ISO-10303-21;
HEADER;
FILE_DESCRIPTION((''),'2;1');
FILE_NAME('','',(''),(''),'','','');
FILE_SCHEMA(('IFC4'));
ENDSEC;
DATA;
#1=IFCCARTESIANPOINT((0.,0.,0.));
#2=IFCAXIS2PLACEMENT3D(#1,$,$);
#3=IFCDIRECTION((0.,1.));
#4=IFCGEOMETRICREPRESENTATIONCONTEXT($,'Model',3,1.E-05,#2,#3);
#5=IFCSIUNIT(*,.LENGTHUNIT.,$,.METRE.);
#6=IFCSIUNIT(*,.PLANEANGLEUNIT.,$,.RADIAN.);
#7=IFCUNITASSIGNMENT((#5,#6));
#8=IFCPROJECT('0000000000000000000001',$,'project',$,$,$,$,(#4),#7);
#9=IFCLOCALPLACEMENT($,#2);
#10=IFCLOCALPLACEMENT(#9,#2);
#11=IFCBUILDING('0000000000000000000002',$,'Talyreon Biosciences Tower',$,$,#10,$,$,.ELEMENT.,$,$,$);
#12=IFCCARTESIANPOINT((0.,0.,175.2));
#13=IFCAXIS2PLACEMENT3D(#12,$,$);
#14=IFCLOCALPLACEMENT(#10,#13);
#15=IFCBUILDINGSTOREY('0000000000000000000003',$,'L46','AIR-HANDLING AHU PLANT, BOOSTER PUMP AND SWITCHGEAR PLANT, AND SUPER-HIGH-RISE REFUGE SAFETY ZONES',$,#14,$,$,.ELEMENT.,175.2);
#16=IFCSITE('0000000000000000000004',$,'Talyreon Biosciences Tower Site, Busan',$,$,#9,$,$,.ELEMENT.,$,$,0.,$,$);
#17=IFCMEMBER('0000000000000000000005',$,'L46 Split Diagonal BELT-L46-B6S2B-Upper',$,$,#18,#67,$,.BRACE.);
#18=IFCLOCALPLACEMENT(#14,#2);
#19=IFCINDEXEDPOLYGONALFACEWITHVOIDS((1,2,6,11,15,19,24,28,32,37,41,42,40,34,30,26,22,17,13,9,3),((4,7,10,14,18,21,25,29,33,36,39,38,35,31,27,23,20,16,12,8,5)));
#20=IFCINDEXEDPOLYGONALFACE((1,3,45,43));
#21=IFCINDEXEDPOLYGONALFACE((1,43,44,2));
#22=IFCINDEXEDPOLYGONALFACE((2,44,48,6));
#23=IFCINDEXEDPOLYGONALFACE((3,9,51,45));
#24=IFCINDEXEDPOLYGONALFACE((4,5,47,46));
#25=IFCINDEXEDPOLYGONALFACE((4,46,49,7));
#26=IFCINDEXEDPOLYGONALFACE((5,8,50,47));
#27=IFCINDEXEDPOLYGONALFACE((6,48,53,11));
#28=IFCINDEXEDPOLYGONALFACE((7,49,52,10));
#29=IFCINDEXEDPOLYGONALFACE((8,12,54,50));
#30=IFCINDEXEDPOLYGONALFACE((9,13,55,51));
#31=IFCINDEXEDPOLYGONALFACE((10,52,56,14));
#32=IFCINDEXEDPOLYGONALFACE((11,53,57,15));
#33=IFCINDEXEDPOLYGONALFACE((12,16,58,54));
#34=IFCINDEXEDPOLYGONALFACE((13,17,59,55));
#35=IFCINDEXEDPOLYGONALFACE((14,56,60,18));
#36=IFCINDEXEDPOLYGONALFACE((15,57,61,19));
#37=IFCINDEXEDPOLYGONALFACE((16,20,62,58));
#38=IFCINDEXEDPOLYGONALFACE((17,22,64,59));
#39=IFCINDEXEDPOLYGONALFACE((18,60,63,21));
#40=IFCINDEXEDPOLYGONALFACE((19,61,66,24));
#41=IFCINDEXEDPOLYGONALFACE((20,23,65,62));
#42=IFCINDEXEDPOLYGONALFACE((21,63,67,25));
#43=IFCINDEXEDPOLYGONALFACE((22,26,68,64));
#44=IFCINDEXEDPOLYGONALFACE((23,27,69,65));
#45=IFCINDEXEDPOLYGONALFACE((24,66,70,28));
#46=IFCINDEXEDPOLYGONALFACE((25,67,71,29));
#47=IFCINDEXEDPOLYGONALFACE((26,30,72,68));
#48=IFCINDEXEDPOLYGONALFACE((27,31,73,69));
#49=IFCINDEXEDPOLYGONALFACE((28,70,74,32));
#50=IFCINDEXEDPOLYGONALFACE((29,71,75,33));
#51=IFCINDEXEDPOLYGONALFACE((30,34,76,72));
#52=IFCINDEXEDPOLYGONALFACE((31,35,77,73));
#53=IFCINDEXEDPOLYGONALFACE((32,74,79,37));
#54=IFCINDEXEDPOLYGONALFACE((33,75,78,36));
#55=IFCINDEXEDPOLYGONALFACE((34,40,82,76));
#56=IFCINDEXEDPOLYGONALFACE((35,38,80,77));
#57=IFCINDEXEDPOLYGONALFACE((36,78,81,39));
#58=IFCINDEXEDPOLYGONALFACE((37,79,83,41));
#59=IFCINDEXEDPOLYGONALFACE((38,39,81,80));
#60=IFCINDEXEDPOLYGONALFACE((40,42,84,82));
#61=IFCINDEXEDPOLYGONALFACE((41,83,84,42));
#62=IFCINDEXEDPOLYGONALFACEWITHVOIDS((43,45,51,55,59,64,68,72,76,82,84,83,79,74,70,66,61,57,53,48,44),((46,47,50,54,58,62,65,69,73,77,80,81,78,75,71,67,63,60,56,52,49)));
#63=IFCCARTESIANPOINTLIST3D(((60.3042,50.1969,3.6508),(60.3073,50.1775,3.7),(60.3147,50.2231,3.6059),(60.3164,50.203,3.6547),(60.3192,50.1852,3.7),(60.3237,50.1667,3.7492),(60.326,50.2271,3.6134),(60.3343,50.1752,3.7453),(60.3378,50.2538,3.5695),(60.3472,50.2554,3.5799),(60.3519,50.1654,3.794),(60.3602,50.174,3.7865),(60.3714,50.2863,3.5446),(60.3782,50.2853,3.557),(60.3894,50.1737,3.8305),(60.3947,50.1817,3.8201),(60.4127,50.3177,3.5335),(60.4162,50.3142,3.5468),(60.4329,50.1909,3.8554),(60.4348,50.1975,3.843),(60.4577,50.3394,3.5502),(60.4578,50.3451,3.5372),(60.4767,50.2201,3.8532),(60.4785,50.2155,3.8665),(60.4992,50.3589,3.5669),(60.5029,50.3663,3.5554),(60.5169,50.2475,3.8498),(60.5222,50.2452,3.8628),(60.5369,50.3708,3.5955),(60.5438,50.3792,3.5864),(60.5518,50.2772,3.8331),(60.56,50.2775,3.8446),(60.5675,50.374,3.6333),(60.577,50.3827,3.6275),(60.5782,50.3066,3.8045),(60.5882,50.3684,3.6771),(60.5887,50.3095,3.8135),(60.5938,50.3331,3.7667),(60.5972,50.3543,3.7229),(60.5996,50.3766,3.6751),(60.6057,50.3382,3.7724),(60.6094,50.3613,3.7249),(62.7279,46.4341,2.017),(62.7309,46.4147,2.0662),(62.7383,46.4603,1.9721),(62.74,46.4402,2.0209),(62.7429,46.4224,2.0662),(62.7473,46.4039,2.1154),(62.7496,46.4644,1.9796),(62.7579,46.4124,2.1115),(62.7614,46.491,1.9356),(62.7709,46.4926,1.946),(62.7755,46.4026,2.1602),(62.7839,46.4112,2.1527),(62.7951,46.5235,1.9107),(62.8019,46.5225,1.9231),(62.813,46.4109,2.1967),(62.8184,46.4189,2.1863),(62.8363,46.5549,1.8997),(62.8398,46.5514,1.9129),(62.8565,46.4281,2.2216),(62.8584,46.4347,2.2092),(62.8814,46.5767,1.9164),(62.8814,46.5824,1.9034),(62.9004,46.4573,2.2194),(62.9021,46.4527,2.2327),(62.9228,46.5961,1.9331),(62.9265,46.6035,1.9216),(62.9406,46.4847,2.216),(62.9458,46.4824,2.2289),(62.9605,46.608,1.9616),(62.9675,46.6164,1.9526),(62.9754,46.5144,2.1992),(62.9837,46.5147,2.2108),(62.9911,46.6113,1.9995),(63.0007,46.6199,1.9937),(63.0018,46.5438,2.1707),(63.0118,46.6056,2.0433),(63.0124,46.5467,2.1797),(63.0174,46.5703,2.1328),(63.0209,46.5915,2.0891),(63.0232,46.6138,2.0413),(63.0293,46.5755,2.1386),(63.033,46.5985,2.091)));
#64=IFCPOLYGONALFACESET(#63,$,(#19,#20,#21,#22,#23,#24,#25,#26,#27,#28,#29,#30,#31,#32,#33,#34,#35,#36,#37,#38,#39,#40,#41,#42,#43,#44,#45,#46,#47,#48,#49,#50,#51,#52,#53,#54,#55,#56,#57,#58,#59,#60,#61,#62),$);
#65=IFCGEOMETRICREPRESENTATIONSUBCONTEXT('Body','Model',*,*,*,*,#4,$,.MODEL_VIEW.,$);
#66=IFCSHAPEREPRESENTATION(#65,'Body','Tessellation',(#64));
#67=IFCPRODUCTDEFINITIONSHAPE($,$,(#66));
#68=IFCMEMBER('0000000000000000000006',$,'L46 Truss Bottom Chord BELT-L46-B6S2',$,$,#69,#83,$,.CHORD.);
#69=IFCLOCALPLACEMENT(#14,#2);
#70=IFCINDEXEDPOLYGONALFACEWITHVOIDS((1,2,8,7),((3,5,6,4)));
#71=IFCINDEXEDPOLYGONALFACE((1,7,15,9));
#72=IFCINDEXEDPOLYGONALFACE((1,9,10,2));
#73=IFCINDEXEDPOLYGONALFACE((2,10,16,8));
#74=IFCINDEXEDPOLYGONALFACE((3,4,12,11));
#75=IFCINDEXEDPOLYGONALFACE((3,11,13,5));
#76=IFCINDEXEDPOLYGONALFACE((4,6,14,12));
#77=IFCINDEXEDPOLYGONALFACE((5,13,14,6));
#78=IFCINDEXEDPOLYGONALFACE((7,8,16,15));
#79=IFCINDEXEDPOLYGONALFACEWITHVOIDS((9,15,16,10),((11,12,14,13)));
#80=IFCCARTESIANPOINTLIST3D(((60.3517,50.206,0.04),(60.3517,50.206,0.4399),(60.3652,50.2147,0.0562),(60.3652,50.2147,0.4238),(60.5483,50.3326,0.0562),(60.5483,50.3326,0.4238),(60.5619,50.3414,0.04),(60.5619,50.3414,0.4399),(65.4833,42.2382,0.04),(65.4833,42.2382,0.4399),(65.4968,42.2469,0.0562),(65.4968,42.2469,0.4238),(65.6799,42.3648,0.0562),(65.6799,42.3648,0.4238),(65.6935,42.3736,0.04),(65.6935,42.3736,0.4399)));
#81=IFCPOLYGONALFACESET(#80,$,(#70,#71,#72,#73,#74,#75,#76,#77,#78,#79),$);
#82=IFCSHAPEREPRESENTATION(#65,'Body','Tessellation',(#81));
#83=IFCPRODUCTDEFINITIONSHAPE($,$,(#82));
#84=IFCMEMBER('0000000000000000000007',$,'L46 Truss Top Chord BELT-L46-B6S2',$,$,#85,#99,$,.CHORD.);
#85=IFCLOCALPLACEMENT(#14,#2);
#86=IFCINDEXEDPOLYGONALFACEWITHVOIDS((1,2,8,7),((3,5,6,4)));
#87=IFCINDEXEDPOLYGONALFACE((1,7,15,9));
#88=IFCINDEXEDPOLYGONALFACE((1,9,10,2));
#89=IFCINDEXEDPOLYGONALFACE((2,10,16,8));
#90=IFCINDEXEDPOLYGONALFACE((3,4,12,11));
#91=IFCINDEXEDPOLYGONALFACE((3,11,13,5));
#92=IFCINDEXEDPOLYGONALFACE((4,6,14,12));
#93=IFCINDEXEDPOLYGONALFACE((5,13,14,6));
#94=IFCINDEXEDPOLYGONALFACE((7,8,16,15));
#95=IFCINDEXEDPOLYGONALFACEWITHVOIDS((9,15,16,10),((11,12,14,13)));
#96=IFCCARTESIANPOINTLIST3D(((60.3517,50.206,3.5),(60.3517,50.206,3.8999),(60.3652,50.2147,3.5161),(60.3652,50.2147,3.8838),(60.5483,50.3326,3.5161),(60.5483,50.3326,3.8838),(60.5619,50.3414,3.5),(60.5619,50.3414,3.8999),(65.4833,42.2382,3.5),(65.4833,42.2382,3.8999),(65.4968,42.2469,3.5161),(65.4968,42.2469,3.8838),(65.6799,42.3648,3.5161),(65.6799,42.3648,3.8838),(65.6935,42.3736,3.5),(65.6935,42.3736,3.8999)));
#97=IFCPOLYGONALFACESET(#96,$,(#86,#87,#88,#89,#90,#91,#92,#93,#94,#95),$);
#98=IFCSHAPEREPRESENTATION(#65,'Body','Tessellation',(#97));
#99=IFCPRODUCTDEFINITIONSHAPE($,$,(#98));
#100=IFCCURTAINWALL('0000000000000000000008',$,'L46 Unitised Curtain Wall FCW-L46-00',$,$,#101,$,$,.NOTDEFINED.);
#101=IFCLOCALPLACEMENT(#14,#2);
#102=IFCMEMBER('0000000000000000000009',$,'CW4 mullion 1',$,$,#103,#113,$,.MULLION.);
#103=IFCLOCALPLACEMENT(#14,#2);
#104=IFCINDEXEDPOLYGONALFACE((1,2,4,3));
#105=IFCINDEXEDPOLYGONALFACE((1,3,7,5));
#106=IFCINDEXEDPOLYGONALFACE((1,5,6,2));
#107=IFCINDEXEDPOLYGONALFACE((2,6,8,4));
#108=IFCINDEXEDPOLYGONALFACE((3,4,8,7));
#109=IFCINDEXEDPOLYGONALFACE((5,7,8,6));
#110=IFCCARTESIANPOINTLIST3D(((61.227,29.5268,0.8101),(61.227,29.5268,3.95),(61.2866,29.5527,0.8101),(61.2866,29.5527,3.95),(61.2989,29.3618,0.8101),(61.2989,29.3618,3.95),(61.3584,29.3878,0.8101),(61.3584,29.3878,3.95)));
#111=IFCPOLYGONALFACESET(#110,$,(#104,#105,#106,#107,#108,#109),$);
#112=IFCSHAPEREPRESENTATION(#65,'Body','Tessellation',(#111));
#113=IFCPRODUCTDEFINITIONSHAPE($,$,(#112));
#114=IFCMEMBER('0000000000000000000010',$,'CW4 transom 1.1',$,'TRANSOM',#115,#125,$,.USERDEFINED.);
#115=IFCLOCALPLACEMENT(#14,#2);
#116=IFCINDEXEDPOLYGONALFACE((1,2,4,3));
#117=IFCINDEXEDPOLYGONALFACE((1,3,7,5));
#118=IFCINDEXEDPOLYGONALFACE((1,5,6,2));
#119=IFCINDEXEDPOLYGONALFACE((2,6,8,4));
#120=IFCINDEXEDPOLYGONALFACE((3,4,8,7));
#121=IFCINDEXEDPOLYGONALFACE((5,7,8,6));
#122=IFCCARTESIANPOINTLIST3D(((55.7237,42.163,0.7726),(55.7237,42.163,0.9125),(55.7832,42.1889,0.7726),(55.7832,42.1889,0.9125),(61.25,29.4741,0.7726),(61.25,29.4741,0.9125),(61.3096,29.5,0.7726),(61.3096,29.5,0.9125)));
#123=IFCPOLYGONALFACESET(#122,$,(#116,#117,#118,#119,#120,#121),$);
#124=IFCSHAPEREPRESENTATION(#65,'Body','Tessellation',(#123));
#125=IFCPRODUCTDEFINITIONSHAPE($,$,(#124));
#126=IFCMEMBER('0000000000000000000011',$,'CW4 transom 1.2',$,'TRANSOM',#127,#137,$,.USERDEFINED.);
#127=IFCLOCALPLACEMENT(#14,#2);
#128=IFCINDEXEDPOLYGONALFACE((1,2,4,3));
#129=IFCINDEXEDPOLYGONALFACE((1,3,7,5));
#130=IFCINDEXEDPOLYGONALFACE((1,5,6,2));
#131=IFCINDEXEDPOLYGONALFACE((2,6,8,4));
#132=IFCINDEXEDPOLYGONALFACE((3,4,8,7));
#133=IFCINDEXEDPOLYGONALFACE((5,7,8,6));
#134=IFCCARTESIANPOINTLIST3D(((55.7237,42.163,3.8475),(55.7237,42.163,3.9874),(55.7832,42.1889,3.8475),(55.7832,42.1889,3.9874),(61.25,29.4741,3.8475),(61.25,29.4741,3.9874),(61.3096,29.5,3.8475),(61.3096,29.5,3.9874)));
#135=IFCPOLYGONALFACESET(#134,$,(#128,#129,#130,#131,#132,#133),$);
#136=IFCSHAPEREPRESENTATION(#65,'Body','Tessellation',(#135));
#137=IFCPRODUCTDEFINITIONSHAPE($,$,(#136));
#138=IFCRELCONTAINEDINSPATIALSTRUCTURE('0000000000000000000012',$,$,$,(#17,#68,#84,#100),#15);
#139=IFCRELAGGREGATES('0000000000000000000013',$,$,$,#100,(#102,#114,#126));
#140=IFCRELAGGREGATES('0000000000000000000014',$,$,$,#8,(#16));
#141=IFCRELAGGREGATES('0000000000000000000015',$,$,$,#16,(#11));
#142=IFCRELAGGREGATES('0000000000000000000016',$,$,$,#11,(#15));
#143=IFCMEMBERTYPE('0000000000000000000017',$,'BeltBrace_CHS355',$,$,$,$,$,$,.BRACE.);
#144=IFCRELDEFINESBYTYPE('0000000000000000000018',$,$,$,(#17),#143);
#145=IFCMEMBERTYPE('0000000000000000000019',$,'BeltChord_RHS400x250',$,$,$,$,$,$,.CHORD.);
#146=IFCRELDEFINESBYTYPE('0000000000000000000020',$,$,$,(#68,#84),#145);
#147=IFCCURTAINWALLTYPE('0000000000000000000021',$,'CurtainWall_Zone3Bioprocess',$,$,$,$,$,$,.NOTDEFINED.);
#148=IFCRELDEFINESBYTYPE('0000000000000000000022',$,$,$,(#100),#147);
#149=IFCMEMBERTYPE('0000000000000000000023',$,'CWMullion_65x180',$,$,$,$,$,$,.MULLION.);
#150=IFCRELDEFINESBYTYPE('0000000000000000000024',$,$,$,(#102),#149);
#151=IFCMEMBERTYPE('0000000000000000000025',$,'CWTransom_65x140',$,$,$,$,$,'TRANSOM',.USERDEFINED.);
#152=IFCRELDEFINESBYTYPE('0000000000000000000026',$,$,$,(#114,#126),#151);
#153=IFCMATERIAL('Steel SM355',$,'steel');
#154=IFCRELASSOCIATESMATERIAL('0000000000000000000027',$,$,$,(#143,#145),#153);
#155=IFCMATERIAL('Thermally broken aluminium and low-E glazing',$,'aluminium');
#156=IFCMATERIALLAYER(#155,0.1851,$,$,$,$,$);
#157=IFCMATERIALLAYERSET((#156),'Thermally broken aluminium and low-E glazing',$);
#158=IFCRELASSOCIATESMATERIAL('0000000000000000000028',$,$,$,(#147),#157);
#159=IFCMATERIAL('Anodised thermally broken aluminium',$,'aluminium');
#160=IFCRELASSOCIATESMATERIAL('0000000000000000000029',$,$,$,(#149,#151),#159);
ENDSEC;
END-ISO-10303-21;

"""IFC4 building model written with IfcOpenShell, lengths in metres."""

from ifc_helpers import new_model, si_unit, direction, frame, origin, origin_2d, place, context, subcontext, project, spatial, rectangle, hollow_rectangle, hollow_circle, extrude, material, layer, layer_set, material_profile, profile_set, type_object, element, aggregate, save


model = new_model("IFC4")

# Units and contexts
model_context = context("Model", 3, precision=1e-05, world=origin(), true_north=direction((0.0, 1.0)))
body_context = subcontext(model_context, "Body", "Model", "MODEL_VIEW")
ifc_project = project(units=[si_unit("LENGTHUNIT", "METRE"), si_unit("PLANEANGLEUNIT", "RADIAN")], contexts=[model_context])

# Site, building, storey
site_placement = place(None, origin())
site = spatial("IfcSite", under=ifc_project, at=site_placement, Name="Talyreon Biosciences Tower Site, Busan", CompositionType="ELEMENT", RefElevation=0.0)
building_placement = place(site_placement, origin())
building = spatial("IfcBuilding", under=site, at=building_placement, Name="Talyreon Biosciences Tower", CompositionType="ELEMENT")
storey_placement = place(building_placement, frame((0.0, 0.0, 175.2)))
storey = spatial("IfcBuildingStorey", under=building, at=storey_placement, Name="L46", Description="AIR-HANDLING AHU PLANT, BOOSTER PUMP AND SWITCHGEAR PLANT, AND SUPER-HIGH-RISE REFUGE SAFETY ZONES", CompositionType="ELEMENT", Elevation=175.2)

# Members
ifc_material_1 = material(Name="Steel SM355", Category="steel")
ifc_material_profile_1 = material_profile(ifc_material_1, hollow_circle(Radius=0.1777, WallThickness=0.0142, at=origin_2d()), Name="CHS 355.6x14.2")
ifc_profile_set_1 = profile_set([ifc_material_profile_1], Name="Steel SM355")
member_type_1 = type_object("IfcMemberType", Name="BeltBrace_CHS355", PredefinedType="BRACE", material=ifc_profile_set_1)
member_1_placement = place(storey_placement, frame((62.8804, 46.511, 2.0662), z_axis=(-0.50867, 0.789728, 0.342905), x_axis=(-0.8407, -0.541502, 0.0)))
element("IfcMember", 1, at=member_1_placement, inside=storey, type_object=member_type_1, Name="L46 Split Diagonal BELT-L46-B6S2B-Upper", PredefinedType="BRACE", context=body_context, shape_type="SweptSolid", body=[
    extrude(hollow_circle(Radius=0.1777, WallThickness=0.0142, at=origin_2d()), origin(), (0.0, 0.0, 1.0), 4.7646),
])
ifc_material_profile_2 = material_profile(ifc_material_1, hollow_rectangle(XDim=0.25, YDim=0.3999, WallThickness=0.0161, at=origin_2d()), Name="RHS 400x250x16")
ifc_profile_set_2 = profile_set([ifc_material_profile_2], Name="Steel SM355")
member_type_2 = type_object("IfcMemberType", Name="BeltChord_RHS400x250", PredefinedType="CHORD", material=ifc_profile_set_2)
for number, where, z_axis, x_axis, name in (
    (2, (60.4568, 50.2737, 0.24), (0.541463, -0.840725, 0.0), (0.840725, 0.541463, 0.0), "L46 Truss Bottom Chord BELT-L46-B6S2"),
    (3, (60.4568, 50.2737, 3.7), (0.541463, -0.840725, 0.0), (0.840725, 0.541463, 0.0), "L46 Truss Top Chord BELT-L46-B6S2"),
):
    element("IfcMember", number, at=place(storey_placement, frame(where, z_axis=z_axis, x_axis=x_axis)), inside=storey, type_object=member_type_2, Name=name, PredefinedType="CHORD", context=body_context, shape_type="SweptSolid", body=[
        extrude(hollow_rectangle(XDim=0.25, YDim=0.3999, WallThickness=0.0161, at=origin_2d()), origin(), (0.0, 0.0, 1.0), 9.4773),
    ])

# Curtain wall, members
ifc_material_2 = material(Name="Thermally broken aluminium and low-E glazing", Category="aluminium")
ifc_layer_1 = layer(ifc_material_2, 0.1851)
ifc_layer_set_1 = layer_set([ifc_layer_1], Name="Thermally broken aluminium and low-E glazing")
curtain_wall_type = type_object("IfcCurtainWallType", Name="CurtainWall_Zone3Bioprocess", PredefinedType="NOTDEFINED", material=ifc_layer_set_1)
curtain_wall_placement = place(storey_placement, origin())
curtain_wall = element("IfcCurtainWall", 4, at=curtain_wall_placement, inside=storey, type_object=curtain_wall_type, Name="L46 Unitised Curtain Wall FCW-L46-00", PredefinedType="NOTDEFINED")
ifc_material_3 = material(Name="Anodised thermally broken aluminium", Category="aluminium")
ifc_material_profile_3 = material_profile(ifc_material_3, rectangle(XDim=0.0649, YDim=0.1799, at=origin_2d()), Name="ALUM MULLION 65x180")
ifc_profile_set_3 = profile_set([ifc_material_profile_3], Name="Anodised thermally broken aluminium")
member_type_3 = type_object("IfcMemberType", Name="CWMullion_65x180", PredefinedType="MULLION", material=ifc_profile_set_3)
member_2_placement = place(storey_placement, frame((61.2927, 29.4573, 0.8101), z_axis=(0.0, 0.0, 1.0), x_axis=(-0.91682, -0.3993, 0.0)))
member_2 = element("IfcMember", 5, at=member_2_placement, type_object=member_type_3, Name="CW4 mullion 1", PredefinedType="MULLION", context=body_context, shape_type="SweptSolid", body=[
    extrude(rectangle(XDim=0.0649, YDim=0.1799, at=origin_2d()), origin(), (0.0, 0.0, 1.0), 3.1399),
])
ifc_material_profile_4 = material_profile(ifc_material_3, rectangle(XDim=0.0649, YDim=0.1399, at=origin_2d()), Name="ALUM TRANSOM 65x140")
ifc_profile_set_4 = profile_set([ifc_material_profile_4], Name="Anodised thermally broken aluminium")
member_type_4 = type_object("IfcMemberType", Name="CWTransom_65x140", ElementType="TRANSOM", PredefinedType="USERDEFINED", material=ifc_profile_set_4)
member_3_placement = place(storey_placement, frame((61.2798, 29.4871, 0.8425), z_axis=(-0.399299, 0.916821, 0.0), x_axis=(-0.916821, -0.399299, 0.0)))
member_3 = element("IfcMember", 6, at=member_3_placement, type_object=member_type_4, Name="CW4 transom 1.1", ObjectType="TRANSOM", PredefinedType="USERDEFINED", context=body_context, shape_type="SweptSolid", body=[
    extrude(rectangle(XDim=0.0649, YDim=0.1399, at=origin_2d()), origin(), (0.0, 0.0, 1.0), 13.8401),
])
member_4_placement = place(storey_placement, frame((61.2798, 29.4871, 3.9175), z_axis=(-0.399299, 0.916821, 0.0), x_axis=(-0.916821, -0.399299, 0.0)))
member_4 = element("IfcMember", 7, at=member_4_placement, type_object=member_type_4, Name="CW4 transom 1.2", ObjectType="TRANSOM", PredefinedType="USERDEFINED", context=body_context, shape_type="SweptSolid", body=[
    extrude(rectangle(XDim=0.0649, YDim=0.1399, at=origin_2d()), origin(), (0.0, 0.0, 1.0), 13.8401),
])

aggregate(curtain_wall, [member_2, member_3, member_4])

save(model, "model.ifc")
